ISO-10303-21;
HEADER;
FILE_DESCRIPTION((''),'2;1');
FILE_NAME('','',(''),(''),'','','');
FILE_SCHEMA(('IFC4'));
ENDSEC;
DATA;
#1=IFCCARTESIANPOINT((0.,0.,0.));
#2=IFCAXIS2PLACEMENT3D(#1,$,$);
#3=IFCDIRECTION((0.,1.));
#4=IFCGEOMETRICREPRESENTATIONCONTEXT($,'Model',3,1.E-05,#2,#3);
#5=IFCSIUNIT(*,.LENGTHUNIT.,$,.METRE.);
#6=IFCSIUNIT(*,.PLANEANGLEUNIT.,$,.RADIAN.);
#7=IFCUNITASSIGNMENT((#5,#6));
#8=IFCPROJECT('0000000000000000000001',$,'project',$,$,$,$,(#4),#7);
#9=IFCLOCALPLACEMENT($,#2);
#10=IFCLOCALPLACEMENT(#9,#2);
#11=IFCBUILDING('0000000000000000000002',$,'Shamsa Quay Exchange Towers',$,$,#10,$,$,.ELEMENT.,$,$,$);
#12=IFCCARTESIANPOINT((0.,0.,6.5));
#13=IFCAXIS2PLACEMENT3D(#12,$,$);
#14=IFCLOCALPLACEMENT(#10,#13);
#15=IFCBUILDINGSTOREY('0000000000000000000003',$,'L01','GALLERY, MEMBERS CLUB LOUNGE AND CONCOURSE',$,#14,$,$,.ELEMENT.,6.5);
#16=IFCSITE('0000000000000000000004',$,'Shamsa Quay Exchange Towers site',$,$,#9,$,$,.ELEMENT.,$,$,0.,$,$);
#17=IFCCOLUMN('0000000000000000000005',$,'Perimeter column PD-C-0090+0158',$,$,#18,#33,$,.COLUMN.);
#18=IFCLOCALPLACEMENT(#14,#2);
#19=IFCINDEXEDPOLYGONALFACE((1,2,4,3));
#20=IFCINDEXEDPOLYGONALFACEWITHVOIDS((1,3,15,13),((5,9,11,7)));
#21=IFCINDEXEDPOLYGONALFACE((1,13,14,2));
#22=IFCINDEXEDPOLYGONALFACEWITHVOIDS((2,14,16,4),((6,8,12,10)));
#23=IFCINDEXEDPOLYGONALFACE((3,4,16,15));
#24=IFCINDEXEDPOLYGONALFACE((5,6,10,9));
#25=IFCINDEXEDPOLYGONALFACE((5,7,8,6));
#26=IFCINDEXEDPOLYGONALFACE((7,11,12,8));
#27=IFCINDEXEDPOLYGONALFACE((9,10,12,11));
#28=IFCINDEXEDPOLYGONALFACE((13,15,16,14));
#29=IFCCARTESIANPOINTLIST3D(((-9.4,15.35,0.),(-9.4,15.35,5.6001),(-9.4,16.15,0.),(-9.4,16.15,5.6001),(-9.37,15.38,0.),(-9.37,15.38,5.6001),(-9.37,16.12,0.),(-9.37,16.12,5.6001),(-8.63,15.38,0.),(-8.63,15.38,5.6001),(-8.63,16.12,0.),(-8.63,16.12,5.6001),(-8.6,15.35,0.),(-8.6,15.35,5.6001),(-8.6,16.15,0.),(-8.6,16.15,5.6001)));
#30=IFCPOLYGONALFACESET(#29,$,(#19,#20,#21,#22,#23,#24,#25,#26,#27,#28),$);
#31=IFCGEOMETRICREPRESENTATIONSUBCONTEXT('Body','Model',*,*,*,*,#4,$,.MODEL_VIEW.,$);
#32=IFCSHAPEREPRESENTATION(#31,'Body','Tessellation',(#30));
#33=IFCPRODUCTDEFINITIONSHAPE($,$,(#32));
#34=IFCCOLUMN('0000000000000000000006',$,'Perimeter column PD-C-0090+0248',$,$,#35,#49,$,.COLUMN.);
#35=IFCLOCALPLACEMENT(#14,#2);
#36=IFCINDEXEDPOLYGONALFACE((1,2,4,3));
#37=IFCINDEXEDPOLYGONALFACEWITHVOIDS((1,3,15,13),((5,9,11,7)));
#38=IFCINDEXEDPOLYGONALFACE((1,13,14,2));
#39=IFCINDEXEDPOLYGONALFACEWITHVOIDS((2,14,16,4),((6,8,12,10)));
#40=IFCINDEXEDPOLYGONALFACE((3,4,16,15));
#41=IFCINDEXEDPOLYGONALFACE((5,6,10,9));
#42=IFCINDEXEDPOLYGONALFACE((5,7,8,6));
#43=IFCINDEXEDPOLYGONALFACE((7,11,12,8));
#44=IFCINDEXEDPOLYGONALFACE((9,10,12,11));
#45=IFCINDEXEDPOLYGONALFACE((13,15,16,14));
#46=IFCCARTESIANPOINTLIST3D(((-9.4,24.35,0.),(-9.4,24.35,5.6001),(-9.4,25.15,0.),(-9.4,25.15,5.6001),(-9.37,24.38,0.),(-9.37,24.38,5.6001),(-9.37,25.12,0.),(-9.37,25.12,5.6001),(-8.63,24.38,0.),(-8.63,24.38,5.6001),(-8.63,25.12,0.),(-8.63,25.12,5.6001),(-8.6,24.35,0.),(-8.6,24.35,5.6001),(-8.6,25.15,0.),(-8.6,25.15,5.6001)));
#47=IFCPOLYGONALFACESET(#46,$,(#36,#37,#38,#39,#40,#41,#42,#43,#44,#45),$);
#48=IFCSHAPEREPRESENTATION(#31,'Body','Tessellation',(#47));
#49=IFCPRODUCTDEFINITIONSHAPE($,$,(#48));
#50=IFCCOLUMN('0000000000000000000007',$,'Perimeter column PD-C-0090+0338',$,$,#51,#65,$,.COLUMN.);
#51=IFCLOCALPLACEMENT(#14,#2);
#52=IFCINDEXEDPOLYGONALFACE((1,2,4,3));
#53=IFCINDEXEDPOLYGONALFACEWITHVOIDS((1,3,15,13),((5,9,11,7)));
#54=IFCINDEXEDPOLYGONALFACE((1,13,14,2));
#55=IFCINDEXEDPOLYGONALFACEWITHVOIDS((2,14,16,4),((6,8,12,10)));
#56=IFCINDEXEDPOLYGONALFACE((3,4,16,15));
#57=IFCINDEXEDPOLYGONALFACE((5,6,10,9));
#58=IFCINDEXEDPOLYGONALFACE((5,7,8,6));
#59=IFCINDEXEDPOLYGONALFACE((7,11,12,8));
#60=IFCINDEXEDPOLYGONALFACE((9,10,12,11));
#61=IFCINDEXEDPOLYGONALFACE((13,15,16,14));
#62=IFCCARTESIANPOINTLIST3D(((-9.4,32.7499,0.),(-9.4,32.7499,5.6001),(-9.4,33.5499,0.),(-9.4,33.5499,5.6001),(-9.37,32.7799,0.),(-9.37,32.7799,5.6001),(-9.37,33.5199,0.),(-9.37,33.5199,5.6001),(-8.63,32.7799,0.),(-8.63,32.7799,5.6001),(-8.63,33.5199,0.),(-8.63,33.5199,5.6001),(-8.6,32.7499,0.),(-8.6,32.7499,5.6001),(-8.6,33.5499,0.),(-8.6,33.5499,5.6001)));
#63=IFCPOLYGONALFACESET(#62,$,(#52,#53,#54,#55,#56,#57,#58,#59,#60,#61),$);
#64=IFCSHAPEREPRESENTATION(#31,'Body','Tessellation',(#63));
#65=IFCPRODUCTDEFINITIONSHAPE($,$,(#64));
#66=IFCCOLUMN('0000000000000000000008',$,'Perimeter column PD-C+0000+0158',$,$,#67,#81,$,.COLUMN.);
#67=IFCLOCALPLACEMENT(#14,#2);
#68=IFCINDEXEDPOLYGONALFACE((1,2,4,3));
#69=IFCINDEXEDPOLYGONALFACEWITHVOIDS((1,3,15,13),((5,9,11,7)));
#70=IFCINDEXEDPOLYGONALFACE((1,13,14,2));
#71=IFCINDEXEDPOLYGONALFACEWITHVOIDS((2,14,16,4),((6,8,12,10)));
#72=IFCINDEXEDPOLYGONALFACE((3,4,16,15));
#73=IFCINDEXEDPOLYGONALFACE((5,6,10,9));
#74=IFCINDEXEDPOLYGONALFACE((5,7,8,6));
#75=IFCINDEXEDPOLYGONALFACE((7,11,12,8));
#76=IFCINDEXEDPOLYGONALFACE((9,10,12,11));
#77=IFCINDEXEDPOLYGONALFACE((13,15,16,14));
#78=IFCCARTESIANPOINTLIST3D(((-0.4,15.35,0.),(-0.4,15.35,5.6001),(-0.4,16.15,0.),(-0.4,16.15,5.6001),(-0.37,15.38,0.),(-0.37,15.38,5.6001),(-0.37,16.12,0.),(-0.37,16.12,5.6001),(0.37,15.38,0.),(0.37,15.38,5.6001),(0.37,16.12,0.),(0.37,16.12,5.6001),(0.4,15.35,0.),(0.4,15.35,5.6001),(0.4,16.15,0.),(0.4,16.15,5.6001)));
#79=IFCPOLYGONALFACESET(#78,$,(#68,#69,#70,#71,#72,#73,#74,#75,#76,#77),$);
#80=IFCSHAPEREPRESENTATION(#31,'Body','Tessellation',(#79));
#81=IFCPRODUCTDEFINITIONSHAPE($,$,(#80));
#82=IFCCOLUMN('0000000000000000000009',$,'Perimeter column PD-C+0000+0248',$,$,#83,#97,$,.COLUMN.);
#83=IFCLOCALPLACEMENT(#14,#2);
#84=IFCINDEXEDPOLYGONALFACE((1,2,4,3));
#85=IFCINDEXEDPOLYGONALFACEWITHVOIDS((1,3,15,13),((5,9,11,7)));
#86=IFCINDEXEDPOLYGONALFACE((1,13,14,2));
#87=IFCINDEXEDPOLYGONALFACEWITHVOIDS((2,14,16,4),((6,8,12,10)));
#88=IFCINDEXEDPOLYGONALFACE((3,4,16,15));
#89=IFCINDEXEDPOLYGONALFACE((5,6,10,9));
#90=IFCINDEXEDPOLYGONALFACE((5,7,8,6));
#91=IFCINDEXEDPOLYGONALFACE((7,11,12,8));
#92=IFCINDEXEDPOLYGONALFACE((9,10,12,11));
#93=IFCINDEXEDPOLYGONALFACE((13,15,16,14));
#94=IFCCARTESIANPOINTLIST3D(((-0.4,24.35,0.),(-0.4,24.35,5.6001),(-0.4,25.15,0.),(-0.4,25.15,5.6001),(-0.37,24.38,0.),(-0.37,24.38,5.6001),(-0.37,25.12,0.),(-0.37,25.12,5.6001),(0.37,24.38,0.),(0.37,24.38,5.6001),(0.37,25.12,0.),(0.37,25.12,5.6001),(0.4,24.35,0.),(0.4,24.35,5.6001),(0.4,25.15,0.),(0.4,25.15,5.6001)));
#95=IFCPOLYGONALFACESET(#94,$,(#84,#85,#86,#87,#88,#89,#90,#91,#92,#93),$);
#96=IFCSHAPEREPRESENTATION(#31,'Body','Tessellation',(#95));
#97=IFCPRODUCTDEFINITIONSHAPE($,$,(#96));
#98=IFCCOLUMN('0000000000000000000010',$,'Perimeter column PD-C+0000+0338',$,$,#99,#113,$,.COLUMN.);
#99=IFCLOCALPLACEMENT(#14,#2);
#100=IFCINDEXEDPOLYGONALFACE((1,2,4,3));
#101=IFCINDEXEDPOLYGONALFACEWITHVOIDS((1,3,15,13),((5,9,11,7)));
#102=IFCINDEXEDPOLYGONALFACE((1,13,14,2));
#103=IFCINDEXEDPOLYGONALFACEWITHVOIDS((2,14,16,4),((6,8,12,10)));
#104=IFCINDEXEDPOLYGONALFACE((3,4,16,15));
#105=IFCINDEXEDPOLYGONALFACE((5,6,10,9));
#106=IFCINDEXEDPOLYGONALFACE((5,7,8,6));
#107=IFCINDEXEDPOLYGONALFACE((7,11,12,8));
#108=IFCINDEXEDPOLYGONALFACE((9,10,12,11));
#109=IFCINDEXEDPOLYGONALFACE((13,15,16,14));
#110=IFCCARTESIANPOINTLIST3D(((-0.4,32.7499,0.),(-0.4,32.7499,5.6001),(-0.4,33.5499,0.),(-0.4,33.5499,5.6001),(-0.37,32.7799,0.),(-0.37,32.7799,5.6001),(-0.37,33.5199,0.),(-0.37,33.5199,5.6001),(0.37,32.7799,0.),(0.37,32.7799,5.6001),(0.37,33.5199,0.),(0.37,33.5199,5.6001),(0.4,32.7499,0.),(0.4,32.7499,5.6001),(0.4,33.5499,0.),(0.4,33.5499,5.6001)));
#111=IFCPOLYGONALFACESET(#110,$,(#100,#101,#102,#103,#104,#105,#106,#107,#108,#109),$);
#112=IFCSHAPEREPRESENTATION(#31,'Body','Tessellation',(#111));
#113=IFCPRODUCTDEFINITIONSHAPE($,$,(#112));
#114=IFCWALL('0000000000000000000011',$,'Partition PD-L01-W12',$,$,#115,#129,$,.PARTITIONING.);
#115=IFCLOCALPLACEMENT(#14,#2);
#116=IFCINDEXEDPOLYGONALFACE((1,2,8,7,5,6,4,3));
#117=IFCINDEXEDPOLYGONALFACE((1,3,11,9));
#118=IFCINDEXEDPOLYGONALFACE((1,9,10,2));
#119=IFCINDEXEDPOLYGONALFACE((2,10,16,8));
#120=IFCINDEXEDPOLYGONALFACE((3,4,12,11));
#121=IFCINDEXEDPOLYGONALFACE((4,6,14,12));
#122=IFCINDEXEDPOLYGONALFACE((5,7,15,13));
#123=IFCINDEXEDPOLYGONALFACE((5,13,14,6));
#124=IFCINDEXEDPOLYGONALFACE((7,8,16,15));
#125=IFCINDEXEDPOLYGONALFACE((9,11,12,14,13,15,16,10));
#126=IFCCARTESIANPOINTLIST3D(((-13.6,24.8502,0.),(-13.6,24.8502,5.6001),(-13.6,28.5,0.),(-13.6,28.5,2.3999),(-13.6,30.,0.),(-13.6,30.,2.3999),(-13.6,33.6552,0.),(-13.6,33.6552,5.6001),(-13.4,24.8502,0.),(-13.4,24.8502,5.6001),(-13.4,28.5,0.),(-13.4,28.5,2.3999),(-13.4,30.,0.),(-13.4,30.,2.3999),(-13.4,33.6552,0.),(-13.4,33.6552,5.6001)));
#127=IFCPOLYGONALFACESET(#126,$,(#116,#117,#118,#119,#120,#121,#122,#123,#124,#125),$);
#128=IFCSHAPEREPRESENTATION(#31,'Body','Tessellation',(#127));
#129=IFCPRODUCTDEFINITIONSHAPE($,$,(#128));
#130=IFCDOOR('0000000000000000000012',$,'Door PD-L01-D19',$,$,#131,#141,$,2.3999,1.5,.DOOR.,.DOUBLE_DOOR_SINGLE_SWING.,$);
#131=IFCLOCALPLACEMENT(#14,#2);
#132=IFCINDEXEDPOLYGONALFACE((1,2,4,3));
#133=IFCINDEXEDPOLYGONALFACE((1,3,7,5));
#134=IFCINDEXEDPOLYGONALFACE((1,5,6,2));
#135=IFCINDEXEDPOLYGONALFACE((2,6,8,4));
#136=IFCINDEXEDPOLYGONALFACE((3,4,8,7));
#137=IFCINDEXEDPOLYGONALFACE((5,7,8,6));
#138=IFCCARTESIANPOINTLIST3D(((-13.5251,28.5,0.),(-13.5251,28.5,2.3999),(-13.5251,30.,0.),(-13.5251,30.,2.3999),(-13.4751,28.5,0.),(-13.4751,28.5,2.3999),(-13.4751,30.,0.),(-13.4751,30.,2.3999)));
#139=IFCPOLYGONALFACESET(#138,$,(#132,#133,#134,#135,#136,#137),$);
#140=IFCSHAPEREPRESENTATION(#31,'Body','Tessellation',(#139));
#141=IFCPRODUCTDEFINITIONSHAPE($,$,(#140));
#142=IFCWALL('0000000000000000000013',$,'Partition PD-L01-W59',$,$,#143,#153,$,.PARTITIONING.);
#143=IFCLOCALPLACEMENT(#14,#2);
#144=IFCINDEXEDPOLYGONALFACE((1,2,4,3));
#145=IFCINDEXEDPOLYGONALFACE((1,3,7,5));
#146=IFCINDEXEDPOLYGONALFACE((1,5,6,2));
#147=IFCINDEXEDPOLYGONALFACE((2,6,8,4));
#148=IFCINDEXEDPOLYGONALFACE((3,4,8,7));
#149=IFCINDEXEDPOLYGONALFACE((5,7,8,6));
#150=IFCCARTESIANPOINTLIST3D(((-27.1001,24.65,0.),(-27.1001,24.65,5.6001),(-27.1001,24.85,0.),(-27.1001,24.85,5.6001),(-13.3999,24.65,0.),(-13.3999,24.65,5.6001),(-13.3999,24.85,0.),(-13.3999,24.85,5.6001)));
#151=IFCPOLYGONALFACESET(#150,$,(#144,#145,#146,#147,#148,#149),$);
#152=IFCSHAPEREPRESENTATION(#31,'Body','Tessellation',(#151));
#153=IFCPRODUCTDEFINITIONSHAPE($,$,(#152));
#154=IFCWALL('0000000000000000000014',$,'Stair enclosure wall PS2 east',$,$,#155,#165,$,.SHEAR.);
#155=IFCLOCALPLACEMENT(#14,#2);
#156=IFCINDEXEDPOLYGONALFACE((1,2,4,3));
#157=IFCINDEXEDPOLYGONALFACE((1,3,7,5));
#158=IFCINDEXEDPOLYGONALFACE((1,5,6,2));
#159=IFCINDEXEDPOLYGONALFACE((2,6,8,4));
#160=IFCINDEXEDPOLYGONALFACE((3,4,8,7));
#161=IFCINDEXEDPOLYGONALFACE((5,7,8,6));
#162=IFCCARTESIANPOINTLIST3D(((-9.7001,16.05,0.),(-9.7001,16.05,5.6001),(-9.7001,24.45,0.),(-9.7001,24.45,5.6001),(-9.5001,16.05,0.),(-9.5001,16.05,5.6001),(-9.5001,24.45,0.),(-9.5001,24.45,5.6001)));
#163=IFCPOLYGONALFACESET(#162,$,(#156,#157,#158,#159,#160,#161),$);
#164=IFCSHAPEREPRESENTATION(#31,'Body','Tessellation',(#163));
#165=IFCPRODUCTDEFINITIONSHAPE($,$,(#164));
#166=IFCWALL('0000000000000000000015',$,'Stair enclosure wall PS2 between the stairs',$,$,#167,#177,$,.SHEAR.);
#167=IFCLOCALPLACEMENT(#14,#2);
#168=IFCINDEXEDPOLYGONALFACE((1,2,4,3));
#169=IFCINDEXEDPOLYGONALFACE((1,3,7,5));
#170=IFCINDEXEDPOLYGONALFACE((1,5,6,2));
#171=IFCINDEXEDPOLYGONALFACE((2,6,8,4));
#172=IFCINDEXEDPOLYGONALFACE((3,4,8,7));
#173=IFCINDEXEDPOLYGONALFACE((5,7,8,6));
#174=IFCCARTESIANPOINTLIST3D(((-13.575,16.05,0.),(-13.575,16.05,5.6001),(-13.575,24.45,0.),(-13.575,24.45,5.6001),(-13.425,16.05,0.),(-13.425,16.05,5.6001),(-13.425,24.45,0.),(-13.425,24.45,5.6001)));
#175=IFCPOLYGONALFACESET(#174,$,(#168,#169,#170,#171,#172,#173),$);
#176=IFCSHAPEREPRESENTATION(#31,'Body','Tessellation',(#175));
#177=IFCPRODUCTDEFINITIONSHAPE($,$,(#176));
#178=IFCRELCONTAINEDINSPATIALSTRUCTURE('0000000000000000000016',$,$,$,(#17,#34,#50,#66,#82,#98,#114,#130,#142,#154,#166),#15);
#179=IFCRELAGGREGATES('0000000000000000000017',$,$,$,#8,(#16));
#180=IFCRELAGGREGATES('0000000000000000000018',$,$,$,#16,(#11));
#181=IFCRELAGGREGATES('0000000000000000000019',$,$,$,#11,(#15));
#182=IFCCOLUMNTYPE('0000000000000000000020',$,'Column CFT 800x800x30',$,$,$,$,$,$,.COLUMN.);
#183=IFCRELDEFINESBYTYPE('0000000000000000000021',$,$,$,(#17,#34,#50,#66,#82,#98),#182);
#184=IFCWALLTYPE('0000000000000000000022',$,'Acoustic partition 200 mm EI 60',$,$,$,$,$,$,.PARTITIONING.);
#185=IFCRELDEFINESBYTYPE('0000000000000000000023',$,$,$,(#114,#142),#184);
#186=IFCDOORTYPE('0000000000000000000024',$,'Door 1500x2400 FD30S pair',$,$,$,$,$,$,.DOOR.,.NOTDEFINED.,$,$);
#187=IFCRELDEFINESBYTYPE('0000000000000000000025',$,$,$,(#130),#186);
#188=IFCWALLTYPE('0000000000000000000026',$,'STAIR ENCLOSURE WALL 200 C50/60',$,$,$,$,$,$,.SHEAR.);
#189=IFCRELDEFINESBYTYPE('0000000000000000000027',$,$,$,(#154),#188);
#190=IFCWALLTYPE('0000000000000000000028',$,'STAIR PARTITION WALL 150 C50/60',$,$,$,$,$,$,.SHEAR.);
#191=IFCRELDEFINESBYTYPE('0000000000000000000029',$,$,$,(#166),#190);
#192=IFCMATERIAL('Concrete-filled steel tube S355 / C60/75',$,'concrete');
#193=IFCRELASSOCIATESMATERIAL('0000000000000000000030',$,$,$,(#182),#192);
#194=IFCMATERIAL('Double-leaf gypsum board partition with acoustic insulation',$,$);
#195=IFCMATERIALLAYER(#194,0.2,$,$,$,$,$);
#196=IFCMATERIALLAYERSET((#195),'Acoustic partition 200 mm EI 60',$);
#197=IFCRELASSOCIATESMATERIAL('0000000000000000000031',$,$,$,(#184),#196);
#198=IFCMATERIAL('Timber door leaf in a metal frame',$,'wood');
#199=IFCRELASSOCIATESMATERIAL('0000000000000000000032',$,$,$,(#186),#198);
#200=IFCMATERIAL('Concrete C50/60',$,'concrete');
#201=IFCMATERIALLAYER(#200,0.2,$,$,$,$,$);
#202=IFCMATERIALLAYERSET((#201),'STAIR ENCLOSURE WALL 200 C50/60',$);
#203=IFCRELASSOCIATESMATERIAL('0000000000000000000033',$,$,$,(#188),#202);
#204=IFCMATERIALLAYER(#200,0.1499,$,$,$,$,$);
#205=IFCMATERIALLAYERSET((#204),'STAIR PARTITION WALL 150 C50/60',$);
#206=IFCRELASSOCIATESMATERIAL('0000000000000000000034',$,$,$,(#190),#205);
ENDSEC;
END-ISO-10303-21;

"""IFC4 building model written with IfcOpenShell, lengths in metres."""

from ifc_helpers import new_model, si_unit, direction, frame, frame_2d, origin, origin_2d, place, context, subcontext, project, spatial, rectangle, hollow_rectangle, extrude, material, layer, layer_set, material_profile, profile_set, type_object, element, fill, save


model = new_model("IFC4")

# Units and contexts
model_context = context("Model", 3, precision=1e-05, world=origin(), true_north=direction((0.0, 1.0)))
body_context = subcontext(model_context, "Body", "Model", "MODEL_VIEW")
ifc_project = project(units=[si_unit("LENGTHUNIT", "METRE"), si_unit("PLANEANGLEUNIT", "RADIAN")], contexts=[model_context])

# Site, building, storey
site_placement = place(None, origin())
site = spatial("IfcSite", under=ifc_project, at=site_placement, Name="Shamsa Quay Exchange Towers site", CompositionType="ELEMENT", RefElevation=0.0)
building_placement = place(site_placement, origin())
building = spatial("IfcBuilding", under=site, at=building_placement, Name="Shamsa Quay Exchange Towers", CompositionType="ELEMENT")
storey_placement = place(building_placement, frame((0.0, 0.0, 6.5)))
storey = spatial("IfcBuildingStorey", under=building, at=storey_placement, Name="L01", Description="GALLERY, MEMBERS CLUB LOUNGE AND CONCOURSE", CompositionType="ELEMENT", Elevation=6.5)

# Columns
ifc_material_1 = material(Name="Concrete-filled steel tube S355 / C60/75", Category="concrete")
ifc_material_profile = material_profile(ifc_material_1, hollow_rectangle(XDim=0.8, YDim=0.8, WallThickness=0.03, at=origin_2d()), Name="CFT 800x800x30")
ifc_profile_set = profile_set([ifc_material_profile], Name="Concrete-filled steel tube S355 / C60/75")
column_type = type_object("IfcColumnType", Name="Column CFT 800x800x30", PredefinedType="COLUMN", material=ifc_profile_set)
for number, where, name in (
    (1, (-9.0, 15.75, 0.0), "Perimeter column PD-C-0090+0158"),
    (2, (-9.0, 24.75, 0.0), "Perimeter column PD-C-0090+0248"),
    (3, (-9.0, 33.1499, 0.0), "Perimeter column PD-C-0090+0338"),
    (4, (0.0, 15.75, 0.0), "Perimeter column PD-C+0000+0158"),
    (5, (0.0, 24.75, 0.0), "Perimeter column PD-C+0000+0248"),
    (6, (0.0, 33.1499, 0.0), "Perimeter column PD-C+0000+0338"),
):
    element("IfcColumn", number, at=place(storey_placement, frame(where)), inside=storey, type_object=column_type, Name=name, PredefinedType="COLUMN", context=body_context, shape_type="SweptSolid", body=[
        extrude(hollow_rectangle(XDim=0.8, YDim=0.8, WallThickness=0.03, at=origin_2d()), origin(), (0.0, 0.0, 1.0), 5.6001),
    ])

# Wall, opening, door
ifc_material_2 = material(Name="Double-leaf gypsum board partition with acoustic insulation")
ifc_layer_1 = layer(ifc_material_2, 0.2)
ifc_layer_set_1 = layer_set([ifc_layer_1], Name="Acoustic partition 200 mm EI 60")
wall_type_1 = type_object("IfcWallType", Name="Acoustic partition 200 mm EI 60", PredefinedType="PARTITIONING", material=ifc_layer_set_1)
wall_1_placement = place(storey_placement, frame((-13.5, 33.655, 0.0), z_axis=(0.0, 0.0, 1.0), x_axis=(0.0, -1.0, 0.0)))
wall_1 = element("IfcWall", 7, at=wall_1_placement, inside=storey, type_object=wall_type_1, Name="Partition PD-L01-W12", PredefinedType="PARTITIONING", context=body_context, shape_type="SweptSolid", body=[
    extrude(rectangle(XDim=8.8049, YDim=0.2, at=frame_2d((4.4023, 0.0))), origin(), (0.0, 0.0, 1.0), 5.6001),
])
opening_placement = place(wall_1_placement, frame((3.655, 0.0, 0.0)))
opening = element("IfcOpeningElement", 8, at=opening_placement, cuts=wall_1, PredefinedType="OPENING", context=body_context, shape_type="SweptSolid", body=[
    extrude(rectangle(XDim=1.5, YDim=2.3999, at=frame_2d((0.75, 1.2))), frame((0.0, 0.1099, 0.0), z_axis=(0.0, -1.0, 0.0), x_axis=(1.0, 0.0, 0.0)), (0.0, 0.0, 1.0), 0.22),
])
ifc_material_3 = material(Name="Timber door leaf in a metal frame", Category="wood")
door_type = type_object("IfcDoorType", Name="Door 1500x2400 FD30S pair", OperationType="NOTDEFINED", PredefinedType="DOOR", material=ifc_material_3)
door_placement = place(opening_placement, origin())
door = element("IfcDoor", 9, at=door_placement, inside=storey, type_object=door_type, Name="Door PD-L01-D19", OperationType="DOUBLE_DOOR_SINGLE_SWING", OverallHeight=2.3999, OverallWidth=1.5, PredefinedType="DOOR", context=body_context, shape_type="SweptSolid", body=[
    extrude(rectangle(XDim=1.5, YDim=2.3999, at=frame_2d((0.75, 1.2))), frame((0.0, 0.0249, 0.0), z_axis=(0.0, -1.0, 0.0), x_axis=(1.0, 0.0, 0.0)), (0.0, 0.0, 1.0), 0.05),
])
fill(opening, door)

# Walls
wall_2_placement = place(storey_placement, frame((-13.3999, 24.75, 0.0), z_axis=(0.0, 0.0, 1.0), x_axis=(-1.0, 0.0, 0.0)))
element("IfcWall", 10, at=wall_2_placement, inside=storey, type_object=wall_type_1, Name="Partition PD-L01-W59", PredefinedType="PARTITIONING", context=body_context, shape_type="SweptSolid", body=[
    extrude(rectangle(XDim=13.7002, YDim=0.2, at=frame_2d((6.8501, 0.0))), origin(), (0.0, 0.0, 1.0), 5.6001),
])
ifc_material_4 = material(Name="Concrete C50/60", Category="concrete")
ifc_layer_2 = layer(ifc_material_4, 0.2)
ifc_layer_set_2 = layer_set([ifc_layer_2], Name="STAIR ENCLOSURE WALL 200 C50/60")
wall_type_2 = type_object("IfcWallType", Name="STAIR ENCLOSURE WALL 200 C50/60", PredefinedType="SHEAR", material=ifc_layer_set_2)
wall_3_placement = place(storey_placement, frame((-9.6001, 16.05, 0.0), z_axis=(0.0, 0.0, 1.0), x_axis=(0.0, 1.0, 0.0)))
element("IfcWall", 11, at=wall_3_placement, inside=storey, type_object=wall_type_2, Name="Stair enclosure wall PS2 east", PredefinedType="SHEAR", context=body_context, shape_type="SweptSolid", body=[
    extrude(rectangle(XDim=8.3999, YDim=0.2, at=frame_2d((4.2, 0.0))), origin(), (0.0, 0.0, 1.0), 5.6001),
])
ifc_layer_3 = layer(ifc_material_4, 0.1499)
ifc_layer_set_3 = layer_set([ifc_layer_3], Name="STAIR PARTITION WALL 150 C50/60")
wall_type_3 = type_object("IfcWallType", Name="STAIR PARTITION WALL 150 C50/60", PredefinedType="SHEAR", material=ifc_layer_set_3)
wall_4_placement = place(storey_placement, frame((-13.5, 16.05, 0.0), z_axis=(0.0, 0.0, 1.0), x_axis=(0.0, 1.0, 0.0)))
element("IfcWall", 12, at=wall_4_placement, inside=storey, type_object=wall_type_3, Name="Stair enclosure wall PS2 between the stairs", PredefinedType="SHEAR", context=body_context, shape_type="SweptSolid", body=[
    extrude(rectangle(XDim=8.3999, YDim=0.1499, at=frame_2d((4.2, 0.0))), origin(), (0.0, 0.0, 1.0), 5.6001),
])

save(model, "model.ifc")
